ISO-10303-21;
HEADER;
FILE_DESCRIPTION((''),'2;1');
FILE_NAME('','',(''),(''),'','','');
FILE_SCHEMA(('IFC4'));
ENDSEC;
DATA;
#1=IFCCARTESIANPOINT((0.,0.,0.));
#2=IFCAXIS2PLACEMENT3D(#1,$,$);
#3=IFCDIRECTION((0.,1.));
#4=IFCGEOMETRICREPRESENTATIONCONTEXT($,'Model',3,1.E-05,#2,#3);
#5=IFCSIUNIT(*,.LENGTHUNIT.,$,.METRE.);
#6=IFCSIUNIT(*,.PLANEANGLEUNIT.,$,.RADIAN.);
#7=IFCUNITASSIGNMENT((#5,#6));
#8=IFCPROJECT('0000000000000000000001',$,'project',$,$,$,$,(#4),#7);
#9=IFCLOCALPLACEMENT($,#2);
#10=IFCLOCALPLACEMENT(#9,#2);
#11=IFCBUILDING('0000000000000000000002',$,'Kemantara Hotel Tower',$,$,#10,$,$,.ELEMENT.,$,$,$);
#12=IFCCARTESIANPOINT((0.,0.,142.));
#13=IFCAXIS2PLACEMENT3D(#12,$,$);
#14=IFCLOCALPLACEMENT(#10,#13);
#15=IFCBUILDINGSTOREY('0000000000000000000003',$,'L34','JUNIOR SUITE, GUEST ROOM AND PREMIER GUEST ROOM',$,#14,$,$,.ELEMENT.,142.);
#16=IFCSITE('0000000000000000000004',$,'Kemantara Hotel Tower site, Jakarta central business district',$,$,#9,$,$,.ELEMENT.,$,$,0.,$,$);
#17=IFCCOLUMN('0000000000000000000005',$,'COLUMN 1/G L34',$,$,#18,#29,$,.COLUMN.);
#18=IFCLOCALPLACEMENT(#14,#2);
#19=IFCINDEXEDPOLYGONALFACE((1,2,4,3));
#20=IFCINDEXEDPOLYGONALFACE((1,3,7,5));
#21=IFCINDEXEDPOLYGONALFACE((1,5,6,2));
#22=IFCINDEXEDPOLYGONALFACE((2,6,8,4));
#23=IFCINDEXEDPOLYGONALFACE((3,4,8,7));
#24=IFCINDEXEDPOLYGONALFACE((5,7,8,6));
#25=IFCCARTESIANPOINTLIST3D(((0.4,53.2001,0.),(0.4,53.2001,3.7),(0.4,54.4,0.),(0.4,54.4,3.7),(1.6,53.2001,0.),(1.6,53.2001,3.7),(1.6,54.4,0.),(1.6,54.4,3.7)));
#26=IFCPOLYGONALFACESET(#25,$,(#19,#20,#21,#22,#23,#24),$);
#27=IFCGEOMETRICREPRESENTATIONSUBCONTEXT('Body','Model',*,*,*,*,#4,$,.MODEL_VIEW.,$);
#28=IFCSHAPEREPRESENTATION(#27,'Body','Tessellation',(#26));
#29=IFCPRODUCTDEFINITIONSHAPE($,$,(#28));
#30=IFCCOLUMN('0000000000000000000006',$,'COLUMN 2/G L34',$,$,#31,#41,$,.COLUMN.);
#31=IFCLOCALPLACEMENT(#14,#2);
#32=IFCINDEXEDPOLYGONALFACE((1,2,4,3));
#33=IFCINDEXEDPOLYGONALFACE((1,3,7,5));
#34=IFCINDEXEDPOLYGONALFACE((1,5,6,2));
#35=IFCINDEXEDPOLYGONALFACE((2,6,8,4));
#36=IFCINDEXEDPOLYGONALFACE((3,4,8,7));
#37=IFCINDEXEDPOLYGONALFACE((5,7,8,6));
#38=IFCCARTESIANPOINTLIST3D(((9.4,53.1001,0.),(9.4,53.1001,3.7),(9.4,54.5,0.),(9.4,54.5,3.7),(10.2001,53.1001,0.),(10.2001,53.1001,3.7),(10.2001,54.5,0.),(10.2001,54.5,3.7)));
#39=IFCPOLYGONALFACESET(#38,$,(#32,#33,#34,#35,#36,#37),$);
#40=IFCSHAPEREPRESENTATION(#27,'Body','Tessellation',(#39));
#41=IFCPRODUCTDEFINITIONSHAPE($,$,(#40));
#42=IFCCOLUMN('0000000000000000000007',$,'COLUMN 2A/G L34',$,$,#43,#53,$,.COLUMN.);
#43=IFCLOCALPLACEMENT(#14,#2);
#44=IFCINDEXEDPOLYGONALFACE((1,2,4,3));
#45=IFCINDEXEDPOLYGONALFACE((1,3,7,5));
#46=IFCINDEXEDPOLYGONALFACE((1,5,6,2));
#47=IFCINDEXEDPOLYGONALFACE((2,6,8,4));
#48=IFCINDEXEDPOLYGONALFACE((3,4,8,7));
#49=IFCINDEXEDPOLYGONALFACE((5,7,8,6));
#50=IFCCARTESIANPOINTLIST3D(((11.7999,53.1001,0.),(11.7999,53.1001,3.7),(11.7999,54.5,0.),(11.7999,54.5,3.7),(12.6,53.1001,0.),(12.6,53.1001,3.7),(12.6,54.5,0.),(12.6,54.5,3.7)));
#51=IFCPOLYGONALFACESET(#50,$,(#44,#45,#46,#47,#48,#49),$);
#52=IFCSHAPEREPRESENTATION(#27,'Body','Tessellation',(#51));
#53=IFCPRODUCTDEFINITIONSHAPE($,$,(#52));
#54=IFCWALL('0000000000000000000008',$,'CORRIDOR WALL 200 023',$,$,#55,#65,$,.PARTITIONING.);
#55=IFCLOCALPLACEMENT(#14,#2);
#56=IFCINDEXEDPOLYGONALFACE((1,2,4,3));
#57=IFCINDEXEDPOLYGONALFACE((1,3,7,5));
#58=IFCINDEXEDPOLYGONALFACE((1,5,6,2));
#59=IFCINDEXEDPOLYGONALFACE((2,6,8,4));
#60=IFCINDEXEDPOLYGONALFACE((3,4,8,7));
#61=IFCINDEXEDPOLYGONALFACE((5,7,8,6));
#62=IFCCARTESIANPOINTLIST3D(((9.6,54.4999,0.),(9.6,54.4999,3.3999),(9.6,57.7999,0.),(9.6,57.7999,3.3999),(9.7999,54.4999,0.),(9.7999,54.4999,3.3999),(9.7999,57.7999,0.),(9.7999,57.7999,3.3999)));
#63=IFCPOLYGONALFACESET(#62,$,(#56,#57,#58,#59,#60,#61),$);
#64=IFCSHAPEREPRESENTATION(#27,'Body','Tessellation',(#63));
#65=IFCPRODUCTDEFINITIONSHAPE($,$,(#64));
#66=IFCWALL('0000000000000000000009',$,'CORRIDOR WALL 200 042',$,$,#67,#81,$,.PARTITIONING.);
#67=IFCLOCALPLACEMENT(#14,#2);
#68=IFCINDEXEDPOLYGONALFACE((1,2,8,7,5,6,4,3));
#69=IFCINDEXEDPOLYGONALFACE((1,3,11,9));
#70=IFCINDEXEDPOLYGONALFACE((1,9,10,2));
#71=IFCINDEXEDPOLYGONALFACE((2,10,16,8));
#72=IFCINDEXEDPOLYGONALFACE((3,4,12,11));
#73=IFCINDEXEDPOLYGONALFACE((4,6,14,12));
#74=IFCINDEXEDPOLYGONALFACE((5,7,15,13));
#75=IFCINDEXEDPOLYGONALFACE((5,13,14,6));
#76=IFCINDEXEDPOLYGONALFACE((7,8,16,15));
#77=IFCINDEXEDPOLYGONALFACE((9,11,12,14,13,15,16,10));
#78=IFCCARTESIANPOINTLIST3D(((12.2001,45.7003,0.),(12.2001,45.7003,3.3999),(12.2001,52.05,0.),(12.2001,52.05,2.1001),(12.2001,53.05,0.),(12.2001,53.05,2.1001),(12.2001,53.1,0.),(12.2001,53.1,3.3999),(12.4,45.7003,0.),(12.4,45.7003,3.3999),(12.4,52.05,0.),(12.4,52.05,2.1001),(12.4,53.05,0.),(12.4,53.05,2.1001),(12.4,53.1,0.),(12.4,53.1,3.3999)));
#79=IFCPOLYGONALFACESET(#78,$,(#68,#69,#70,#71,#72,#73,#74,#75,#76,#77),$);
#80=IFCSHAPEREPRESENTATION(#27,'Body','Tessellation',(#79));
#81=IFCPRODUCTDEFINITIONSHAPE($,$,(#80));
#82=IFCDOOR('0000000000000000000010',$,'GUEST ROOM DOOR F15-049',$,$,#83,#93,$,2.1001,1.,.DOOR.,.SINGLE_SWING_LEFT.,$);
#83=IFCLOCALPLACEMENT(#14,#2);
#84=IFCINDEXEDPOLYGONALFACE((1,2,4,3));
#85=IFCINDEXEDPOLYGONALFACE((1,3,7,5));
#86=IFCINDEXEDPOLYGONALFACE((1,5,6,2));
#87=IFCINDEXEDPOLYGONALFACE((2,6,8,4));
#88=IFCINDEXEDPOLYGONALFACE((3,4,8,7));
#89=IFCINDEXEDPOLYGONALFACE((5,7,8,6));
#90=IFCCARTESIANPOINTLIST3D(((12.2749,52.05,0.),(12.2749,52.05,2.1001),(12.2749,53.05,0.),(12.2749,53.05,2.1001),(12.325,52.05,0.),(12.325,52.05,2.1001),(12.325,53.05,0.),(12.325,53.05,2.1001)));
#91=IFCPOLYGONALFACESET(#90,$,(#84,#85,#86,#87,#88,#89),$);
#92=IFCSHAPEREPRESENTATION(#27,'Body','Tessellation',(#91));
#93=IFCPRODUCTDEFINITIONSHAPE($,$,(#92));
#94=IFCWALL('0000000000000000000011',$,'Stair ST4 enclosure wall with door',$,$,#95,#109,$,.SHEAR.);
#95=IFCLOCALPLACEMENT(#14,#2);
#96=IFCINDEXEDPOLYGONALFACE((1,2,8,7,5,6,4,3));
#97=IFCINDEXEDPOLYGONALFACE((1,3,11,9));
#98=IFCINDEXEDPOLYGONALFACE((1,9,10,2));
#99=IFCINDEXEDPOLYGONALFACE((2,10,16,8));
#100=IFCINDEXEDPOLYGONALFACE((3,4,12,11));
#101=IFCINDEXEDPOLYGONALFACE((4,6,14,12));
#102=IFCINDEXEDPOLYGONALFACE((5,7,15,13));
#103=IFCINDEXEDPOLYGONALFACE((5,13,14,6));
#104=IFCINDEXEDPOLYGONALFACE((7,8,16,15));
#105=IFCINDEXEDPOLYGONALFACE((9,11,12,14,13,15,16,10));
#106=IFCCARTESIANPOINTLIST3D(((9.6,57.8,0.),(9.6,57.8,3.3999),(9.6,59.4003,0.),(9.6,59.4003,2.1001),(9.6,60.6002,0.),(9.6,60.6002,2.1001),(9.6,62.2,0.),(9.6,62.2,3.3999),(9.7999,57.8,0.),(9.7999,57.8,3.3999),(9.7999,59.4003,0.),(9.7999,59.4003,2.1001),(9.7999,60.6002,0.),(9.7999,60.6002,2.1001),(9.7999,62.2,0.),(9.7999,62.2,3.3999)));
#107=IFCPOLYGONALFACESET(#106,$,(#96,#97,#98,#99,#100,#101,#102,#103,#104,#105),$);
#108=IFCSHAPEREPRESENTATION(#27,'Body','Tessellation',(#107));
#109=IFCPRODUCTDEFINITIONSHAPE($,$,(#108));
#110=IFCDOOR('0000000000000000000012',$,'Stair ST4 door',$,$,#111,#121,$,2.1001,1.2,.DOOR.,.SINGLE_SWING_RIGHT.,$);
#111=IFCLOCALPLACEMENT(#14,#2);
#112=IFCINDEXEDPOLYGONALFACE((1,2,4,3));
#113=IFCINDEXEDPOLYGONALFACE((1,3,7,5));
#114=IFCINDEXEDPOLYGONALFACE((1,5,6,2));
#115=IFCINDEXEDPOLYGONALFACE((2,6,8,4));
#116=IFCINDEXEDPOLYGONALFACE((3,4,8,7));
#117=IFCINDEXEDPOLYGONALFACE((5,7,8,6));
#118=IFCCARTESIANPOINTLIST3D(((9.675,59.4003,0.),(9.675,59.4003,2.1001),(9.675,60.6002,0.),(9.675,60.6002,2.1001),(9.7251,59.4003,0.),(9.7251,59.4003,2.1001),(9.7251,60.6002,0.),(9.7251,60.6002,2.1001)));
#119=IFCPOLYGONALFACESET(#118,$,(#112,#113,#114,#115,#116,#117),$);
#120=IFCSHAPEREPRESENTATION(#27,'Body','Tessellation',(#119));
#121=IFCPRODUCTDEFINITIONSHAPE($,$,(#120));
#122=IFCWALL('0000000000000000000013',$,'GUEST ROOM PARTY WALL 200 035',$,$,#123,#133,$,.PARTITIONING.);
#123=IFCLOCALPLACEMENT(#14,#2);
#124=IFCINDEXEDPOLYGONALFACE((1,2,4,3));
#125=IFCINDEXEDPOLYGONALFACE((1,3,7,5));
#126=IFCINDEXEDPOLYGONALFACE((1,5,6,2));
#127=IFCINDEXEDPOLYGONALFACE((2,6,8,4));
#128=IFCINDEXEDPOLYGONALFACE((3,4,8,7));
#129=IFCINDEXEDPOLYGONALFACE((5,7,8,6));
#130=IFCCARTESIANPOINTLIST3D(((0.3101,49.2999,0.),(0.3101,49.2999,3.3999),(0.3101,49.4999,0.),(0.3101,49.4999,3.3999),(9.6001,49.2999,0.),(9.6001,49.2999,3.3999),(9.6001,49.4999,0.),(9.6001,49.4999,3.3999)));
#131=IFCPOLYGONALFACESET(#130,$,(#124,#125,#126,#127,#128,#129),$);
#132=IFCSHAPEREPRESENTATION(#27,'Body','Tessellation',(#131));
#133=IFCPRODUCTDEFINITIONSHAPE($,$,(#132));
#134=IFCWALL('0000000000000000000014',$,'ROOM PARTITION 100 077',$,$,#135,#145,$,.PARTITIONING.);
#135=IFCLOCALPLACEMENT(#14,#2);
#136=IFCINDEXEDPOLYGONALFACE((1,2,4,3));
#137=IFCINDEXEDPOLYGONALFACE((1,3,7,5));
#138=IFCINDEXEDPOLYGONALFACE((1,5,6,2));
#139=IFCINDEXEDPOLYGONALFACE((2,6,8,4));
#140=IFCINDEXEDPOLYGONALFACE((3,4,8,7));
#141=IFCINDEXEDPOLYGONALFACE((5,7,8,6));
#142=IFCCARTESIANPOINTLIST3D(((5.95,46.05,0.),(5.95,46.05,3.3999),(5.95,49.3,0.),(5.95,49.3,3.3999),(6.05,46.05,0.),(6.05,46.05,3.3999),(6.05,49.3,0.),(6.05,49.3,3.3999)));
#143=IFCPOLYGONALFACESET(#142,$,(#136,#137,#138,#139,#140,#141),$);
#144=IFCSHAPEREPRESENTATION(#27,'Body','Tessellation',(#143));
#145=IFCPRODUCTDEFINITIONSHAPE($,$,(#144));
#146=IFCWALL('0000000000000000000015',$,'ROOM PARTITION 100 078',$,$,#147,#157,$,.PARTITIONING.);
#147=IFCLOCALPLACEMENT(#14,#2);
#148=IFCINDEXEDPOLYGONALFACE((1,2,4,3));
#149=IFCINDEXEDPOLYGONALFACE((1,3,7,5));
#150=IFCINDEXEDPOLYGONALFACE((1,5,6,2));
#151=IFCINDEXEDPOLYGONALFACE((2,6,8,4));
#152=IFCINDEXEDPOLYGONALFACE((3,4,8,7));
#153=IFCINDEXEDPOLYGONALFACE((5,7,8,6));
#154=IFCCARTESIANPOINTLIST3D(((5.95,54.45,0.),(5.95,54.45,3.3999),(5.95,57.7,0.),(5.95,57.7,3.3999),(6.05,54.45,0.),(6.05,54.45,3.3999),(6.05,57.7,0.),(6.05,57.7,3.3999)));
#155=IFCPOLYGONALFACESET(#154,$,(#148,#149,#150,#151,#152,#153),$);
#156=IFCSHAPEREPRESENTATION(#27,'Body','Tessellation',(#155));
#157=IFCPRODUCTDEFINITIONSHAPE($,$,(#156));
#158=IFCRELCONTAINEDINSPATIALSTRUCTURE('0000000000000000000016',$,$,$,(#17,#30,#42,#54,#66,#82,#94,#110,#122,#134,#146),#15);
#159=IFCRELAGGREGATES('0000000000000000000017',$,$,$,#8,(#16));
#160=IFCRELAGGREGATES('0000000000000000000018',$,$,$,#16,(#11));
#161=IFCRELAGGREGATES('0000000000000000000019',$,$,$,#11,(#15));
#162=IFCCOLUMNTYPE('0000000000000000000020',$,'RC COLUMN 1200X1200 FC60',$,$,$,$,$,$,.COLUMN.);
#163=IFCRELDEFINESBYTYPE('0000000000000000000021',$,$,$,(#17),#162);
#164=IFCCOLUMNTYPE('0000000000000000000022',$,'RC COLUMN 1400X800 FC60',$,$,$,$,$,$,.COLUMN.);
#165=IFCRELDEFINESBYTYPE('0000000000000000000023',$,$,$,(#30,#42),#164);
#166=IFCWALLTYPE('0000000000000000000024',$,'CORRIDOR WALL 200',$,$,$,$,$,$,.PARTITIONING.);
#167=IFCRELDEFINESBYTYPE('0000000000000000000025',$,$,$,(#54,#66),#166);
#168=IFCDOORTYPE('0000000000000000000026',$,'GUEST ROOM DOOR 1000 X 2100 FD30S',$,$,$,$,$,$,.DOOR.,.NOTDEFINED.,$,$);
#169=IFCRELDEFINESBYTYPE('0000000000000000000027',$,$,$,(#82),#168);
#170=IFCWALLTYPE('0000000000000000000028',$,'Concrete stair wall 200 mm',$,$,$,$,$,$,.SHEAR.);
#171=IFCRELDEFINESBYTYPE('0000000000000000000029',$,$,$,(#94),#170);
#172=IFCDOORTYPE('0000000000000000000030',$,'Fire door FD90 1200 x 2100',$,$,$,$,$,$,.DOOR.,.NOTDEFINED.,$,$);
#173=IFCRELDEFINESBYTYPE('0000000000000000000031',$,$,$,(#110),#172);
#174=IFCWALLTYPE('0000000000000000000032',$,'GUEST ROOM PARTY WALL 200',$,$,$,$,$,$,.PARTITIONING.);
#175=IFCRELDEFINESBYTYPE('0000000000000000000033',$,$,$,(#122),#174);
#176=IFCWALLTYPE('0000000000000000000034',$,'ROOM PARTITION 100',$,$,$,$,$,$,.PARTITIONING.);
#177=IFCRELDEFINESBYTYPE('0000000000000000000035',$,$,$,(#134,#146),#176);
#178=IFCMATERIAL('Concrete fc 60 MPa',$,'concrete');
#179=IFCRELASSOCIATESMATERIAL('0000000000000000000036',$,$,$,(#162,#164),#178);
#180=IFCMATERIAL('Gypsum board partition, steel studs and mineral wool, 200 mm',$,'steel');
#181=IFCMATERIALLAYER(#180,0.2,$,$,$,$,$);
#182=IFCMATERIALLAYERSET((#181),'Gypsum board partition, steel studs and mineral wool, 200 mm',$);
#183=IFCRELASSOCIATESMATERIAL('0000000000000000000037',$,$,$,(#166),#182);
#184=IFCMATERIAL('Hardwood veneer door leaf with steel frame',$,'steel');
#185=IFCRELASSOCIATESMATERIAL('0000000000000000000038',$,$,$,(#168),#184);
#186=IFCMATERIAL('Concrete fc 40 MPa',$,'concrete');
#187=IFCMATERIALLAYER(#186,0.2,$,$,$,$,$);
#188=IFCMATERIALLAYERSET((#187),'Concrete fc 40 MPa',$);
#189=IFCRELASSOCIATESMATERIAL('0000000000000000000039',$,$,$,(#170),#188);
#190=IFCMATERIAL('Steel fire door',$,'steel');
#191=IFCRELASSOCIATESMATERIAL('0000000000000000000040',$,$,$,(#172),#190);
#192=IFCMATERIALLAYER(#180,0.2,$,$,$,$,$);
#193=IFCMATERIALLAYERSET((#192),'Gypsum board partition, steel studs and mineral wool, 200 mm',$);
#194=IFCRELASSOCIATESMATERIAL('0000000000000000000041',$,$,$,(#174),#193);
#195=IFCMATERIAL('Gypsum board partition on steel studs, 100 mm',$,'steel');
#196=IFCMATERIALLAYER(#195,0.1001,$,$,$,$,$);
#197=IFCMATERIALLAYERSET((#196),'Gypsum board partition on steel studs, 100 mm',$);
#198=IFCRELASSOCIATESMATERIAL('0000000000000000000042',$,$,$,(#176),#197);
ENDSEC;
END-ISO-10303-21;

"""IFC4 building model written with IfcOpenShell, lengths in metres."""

from ifc_helpers import new_model, si_unit, direction, frame, frame_2d, origin, origin_2d, place, context, subcontext, project, spatial, rectangle, extrude, material, layer, layer_set, material_profile, profile_set, type_object, element, fill, save


model = new_model("IFC4")

# Units and contexts
model_context = context("Model", 3, precision=1e-05, world=origin(), true_north=direction((0.0, 1.0)))
body_context = subcontext(model_context, "Body", "Model", "MODEL_VIEW")
ifc_project = project(units=[si_unit("LENGTHUNIT", "METRE"), si_unit("PLANEANGLEUNIT", "RADIAN")], contexts=[model_context])

# Site, building, storey
site_placement = place(None, origin())
site = spatial("IfcSite", under=ifc_project, at=site_placement, Name="Kemantara Hotel Tower site, Jakarta central business district", CompositionType="ELEMENT", RefElevation=0.0)
building_placement = place(site_placement, origin())
building = spatial("IfcBuilding", under=site, at=building_placement, Name="Kemantara Hotel Tower", CompositionType="ELEMENT")
storey_placement = place(building_placement, frame((0.0, 0.0, 142.0)))
storey = spatial("IfcBuildingStorey", under=building, at=storey_placement, Name="L34", Description="JUNIOR SUITE, GUEST ROOM AND PREMIER GUEST ROOM", CompositionType="ELEMENT", Elevation=142.0)

# Columns
ifc_material_1 = material(Name="Concrete fc 60 MPa", Category="concrete")
ifc_material_profile_1 = material_profile(ifc_material_1, rectangle(XDim=1.2, YDim=1.2, at=origin_2d()), Name="RC 1200X1200")
ifc_profile_set_1 = profile_set([ifc_material_profile_1], Name="Concrete fc 60 MPa")
column_type_1 = type_object("IfcColumnType", Name="RC COLUMN 1200X1200 FC60", PredefinedType="COLUMN", material=ifc_profile_set_1)
column_placement = place(storey_placement, frame((1.0, 53.8, 0.0), z_axis=(0.0, 0.0, 1.0), x_axis=(1.0, 0.0, 0.0)))
element("IfcColumn", 1, at=column_placement, inside=storey, type_object=column_type_1, Name="COLUMN 1/G L34", PredefinedType="COLUMN", context=body_context, shape_type="SweptSolid", body=[
    extrude(rectangle(XDim=1.2, YDim=1.2, at=origin_2d()), origin(), (0.0, 0.0, 1.0), 3.7),
])
ifc_material_profile_2 = material_profile(ifc_material_1, rectangle(XDim=1.3999, YDim=0.8, at=origin_2d()), Name="RC 1400X800")
ifc_profile_set_2 = profile_set([ifc_material_profile_2], Name="Concrete fc 60 MPa")
column_type_2 = type_object("IfcColumnType", Name="RC COLUMN 1400X800 FC60", PredefinedType="COLUMN", material=ifc_profile_set_2)
for number, where, z_axis, x_axis, name in (
    (2, (9.8, 53.8, 0.0), (0.0, 0.0, 1.0), (0.0, 1.0, 0.0), "COLUMN 2/G L34"),
    (3, (12.2, 53.8, 0.0), (0.0, 0.0, 1.0), (0.0, 1.0, 0.0), "COLUMN 2A/G L34"),
):
    element("IfcColumn", number, at=place(storey_placement, frame(where, z_axis=z_axis, x_axis=x_axis)), inside=storey, type_object=column_type_2, Name=name, PredefinedType="COLUMN", context=body_context, shape_type="SweptSolid", body=[
        extrude(rectangle(XDim=1.3999, YDim=0.8, at=origin_2d()), origin(), (0.0, 0.0, 1.0), 3.7),
    ])

# Wall
ifc_material_2 = material(Name="Gypsum board partition, steel studs and mineral wool, 200 mm", Category="steel")
ifc_layer_1 = layer(ifc_material_2, 0.2)
ifc_layer_set_1 = layer_set([ifc_layer_1], Name="Gypsum board partition, steel studs and mineral wool, 200 mm")
wall_type_1 = type_object("IfcWallType", Name="CORRIDOR WALL 200", PredefinedType="PARTITIONING", material=ifc_layer_set_1)
wall_1_placement = place(storey_placement, frame((9.7, 54.5, 0.0), z_axis=(0.0, 0.0, 1.0), x_axis=(0.0, 1.0, 0.0)))
element("IfcWall", 4, at=wall_1_placement, inside=storey, type_object=wall_type_1, Name="CORRIDOR WALL 200 023", PredefinedType="PARTITIONING", context=body_context, shape_type="SweptSolid", body=[
    extrude(rectangle(XDim=3.3, YDim=0.2, at=frame_2d((1.6499, 0.0))), origin(), (0.0, 0.0, 1.0), 3.3999),
])

# Walls, openings, doors
wall_2_placement = place(storey_placement, frame((12.3, 53.0999, 0.0), z_axis=(0.0, 0.0, 1.0), x_axis=(0.0, -1.0, 0.0)))
wall_2 = element("IfcWall", 5, at=wall_2_placement, inside=storey, type_object=wall_type_1, Name="CORRIDOR WALL 200 042", PredefinedType="PARTITIONING", context=body_context, shape_type="SweptSolid", body=[
    extrude(rectangle(XDim=7.3997, YDim=0.2, at=frame_2d((3.6997, 0.0))), origin(), (0.0, 0.0, 1.0), 3.3999),
])
opening_1_placement = place(wall_2_placement, frame((0.0498, 0.0, 0.0)))
opening_1 = element("IfcOpeningElement", 6, at=opening_1_placement, cuts=wall_2, PredefinedType="OPENING", context=body_context, shape_type="SweptSolid", body=[
    extrude(rectangle(XDim=1.0, YDim=2.1001, at=frame_2d((0.5, 1.05))), frame((0.0, 0.1099, 0.0), z_axis=(0.0, -1.0, 0.0), x_axis=(1.0, 0.0, 0.0)), (0.0, 0.0, 1.0), 0.22),
])
ifc_material_3 = material(Name="Hardwood veneer door leaf with steel frame", Category="steel")
door_type_1 = type_object("IfcDoorType", Name="GUEST ROOM DOOR 1000 X 2100 FD30S", OperationType="NOTDEFINED", PredefinedType="DOOR", material=ifc_material_3)
door_1_placement = place(opening_1_placement, origin())
door_1 = element("IfcDoor", 7, at=door_1_placement, inside=storey, type_object=door_type_1, Name="GUEST ROOM DOOR F15-049", OperationType="SINGLE_SWING_LEFT", OverallHeight=2.1001, OverallWidth=1.0, PredefinedType="DOOR", context=body_context, shape_type="SweptSolid", body=[
    extrude(rectangle(XDim=1.0, YDim=2.1001, at=frame_2d((0.5, 1.05))), frame((0.0, 0.0249, 0.0), z_axis=(0.0, -1.0, 0.0), x_axis=(1.0, 0.0, 0.0)), (0.0, 0.0, 1.0), 0.05),
])
fill(opening_1, door_1)
ifc_material_4 = material(Name="Concrete fc 40 MPa", Category="concrete")
ifc_layer_2 = layer(ifc_material_4, 0.2)
ifc_layer_set_2 = layer_set([ifc_layer_2], Name="Concrete fc 40 MPa")
wall_type_2 = type_object("IfcWallType", Name="Concrete stair wall 200 mm", PredefinedType="SHEAR", material=ifc_layer_set_2)
wall_3_placement = place(storey_placement, frame((9.7, 57.8, 0.0), z_axis=(0.0, 0.0, 1.0), x_axis=(0.0, 1.0, 0.0)))
wall_3 = element("IfcWall", 8, at=wall_3_placement, inside=storey, type_object=wall_type_2, Name="Stair ST4 enclosure wall with door", PredefinedType="SHEAR", context=body_context, shape_type="SweptSolid", body=[
    extrude(rectangle(XDim=4.3999, YDim=0.2, at=frame_2d((2.2, 0.0))), origin(), (0.0, 0.0, 1.0), 3.3999),
])
opening_2_placement = place(wall_3_placement, frame((1.6001, 0.0, 0.0)))
opening_2 = element("IfcOpeningElement", 9, at=opening_2_placement, cuts=wall_3, PredefinedType="OPENING", context=body_context, shape_type="SweptSolid", body=[
    extrude(rectangle(XDim=1.2, YDim=2.1001, at=frame_2d((0.6001, 1.05))), frame((0.0, 0.1099, 0.0), z_axis=(0.0, -1.0, 0.0), x_axis=(1.0, 0.0, 0.0)), (0.0, 0.0, 1.0), 0.22),
])
ifc_material_5 = material(Name="Steel fire door", Category="steel")
door_type_2 = type_object("IfcDoorType", Name="Fire door FD90 1200 x 2100", OperationType="NOTDEFINED", PredefinedType="DOOR", material=ifc_material_5)
door_2_placement = place(opening_2_placement, origin())
door_2 = element("IfcDoor", 10, at=door_2_placement, inside=storey, type_object=door_type_2, Name="Stair ST4 door", OperationType="SINGLE_SWING_RIGHT", OverallHeight=2.1001, OverallWidth=1.2, PredefinedType="DOOR", context=body_context, shape_type="SweptSolid", body=[
    extrude(rectangle(XDim=1.2, YDim=2.1001, at=frame_2d((0.6001, 1.05))), frame((0.0, 0.0249, 0.0), z_axis=(0.0, -1.0, 0.0), x_axis=(1.0, 0.0, 0.0)), (0.0, 0.0, 1.0), 0.05),
])
fill(opening_2, door_2)

# Walls
ifc_layer_3 = layer(ifc_material_2, 0.2)
ifc_layer_set_3 = layer_set([ifc_layer_3], Name="Gypsum board partition, steel studs and mineral wool, 200 mm")
wall_type_3 = type_object("IfcWallType", Name="GUEST ROOM PARTY WALL 200", PredefinedType="PARTITIONING", material=ifc_layer_set_3)
wall_4_placement = place(storey_placement, frame((0.3101, 49.3999, 0.0), z_axis=(0.0, 0.0, 1.0), x_axis=(1.0, 0.0, 0.0)))
element("IfcWall", 11, at=wall_4_placement, inside=storey, type_object=wall_type_3, Name="GUEST ROOM PARTY WALL 200 035", PredefinedType="PARTITIONING", context=body_context, shape_type="SweptSolid", body=[
    extrude(rectangle(XDim=9.29, YDim=0.2, at=frame_2d((4.645, 0.0))), origin(), (0.0, 0.0, 1.0), 3.3999),
])
ifc_material_6 = material(Name="Gypsum board partition on steel studs, 100 mm", Category="steel")
ifc_layer_4 = layer(ifc_material_6, 0.1001)
ifc_layer_set_4 = layer_set([ifc_layer_4], Name="Gypsum board partition on steel studs, 100 mm")
wall_type_4 = type_object("IfcWallType", Name="ROOM PARTITION 100", PredefinedType="PARTITIONING", material=ifc_layer_set_4)
for number, where, z_axis, x_axis, name in (
    (12, (6.0, 46.05, 0.0), (0.0, 0.0, 1.0), (0.0, 1.0, 0.0), "ROOM PARTITION 100 077"),
    (13, (6.0, 54.45, 0.0), (0.0, 0.0, 1.0), (0.0, 1.0, 0.0), "ROOM PARTITION 100 078"),
):
    element("IfcWall", number, at=place(storey_placement, frame(where, z_axis=z_axis, x_axis=x_axis)), inside=storey, type_object=wall_type_4, Name=name, PredefinedType="PARTITIONING", context=body_context, shape_type="SweptSolid", body=[
        extrude(rectangle(XDim=3.25, YDim=0.1001, at=frame_2d((1.625, 0.0))), origin(), (0.0, 0.0, 1.0), 3.3999),
    ])

save(model, "model.ifc")
